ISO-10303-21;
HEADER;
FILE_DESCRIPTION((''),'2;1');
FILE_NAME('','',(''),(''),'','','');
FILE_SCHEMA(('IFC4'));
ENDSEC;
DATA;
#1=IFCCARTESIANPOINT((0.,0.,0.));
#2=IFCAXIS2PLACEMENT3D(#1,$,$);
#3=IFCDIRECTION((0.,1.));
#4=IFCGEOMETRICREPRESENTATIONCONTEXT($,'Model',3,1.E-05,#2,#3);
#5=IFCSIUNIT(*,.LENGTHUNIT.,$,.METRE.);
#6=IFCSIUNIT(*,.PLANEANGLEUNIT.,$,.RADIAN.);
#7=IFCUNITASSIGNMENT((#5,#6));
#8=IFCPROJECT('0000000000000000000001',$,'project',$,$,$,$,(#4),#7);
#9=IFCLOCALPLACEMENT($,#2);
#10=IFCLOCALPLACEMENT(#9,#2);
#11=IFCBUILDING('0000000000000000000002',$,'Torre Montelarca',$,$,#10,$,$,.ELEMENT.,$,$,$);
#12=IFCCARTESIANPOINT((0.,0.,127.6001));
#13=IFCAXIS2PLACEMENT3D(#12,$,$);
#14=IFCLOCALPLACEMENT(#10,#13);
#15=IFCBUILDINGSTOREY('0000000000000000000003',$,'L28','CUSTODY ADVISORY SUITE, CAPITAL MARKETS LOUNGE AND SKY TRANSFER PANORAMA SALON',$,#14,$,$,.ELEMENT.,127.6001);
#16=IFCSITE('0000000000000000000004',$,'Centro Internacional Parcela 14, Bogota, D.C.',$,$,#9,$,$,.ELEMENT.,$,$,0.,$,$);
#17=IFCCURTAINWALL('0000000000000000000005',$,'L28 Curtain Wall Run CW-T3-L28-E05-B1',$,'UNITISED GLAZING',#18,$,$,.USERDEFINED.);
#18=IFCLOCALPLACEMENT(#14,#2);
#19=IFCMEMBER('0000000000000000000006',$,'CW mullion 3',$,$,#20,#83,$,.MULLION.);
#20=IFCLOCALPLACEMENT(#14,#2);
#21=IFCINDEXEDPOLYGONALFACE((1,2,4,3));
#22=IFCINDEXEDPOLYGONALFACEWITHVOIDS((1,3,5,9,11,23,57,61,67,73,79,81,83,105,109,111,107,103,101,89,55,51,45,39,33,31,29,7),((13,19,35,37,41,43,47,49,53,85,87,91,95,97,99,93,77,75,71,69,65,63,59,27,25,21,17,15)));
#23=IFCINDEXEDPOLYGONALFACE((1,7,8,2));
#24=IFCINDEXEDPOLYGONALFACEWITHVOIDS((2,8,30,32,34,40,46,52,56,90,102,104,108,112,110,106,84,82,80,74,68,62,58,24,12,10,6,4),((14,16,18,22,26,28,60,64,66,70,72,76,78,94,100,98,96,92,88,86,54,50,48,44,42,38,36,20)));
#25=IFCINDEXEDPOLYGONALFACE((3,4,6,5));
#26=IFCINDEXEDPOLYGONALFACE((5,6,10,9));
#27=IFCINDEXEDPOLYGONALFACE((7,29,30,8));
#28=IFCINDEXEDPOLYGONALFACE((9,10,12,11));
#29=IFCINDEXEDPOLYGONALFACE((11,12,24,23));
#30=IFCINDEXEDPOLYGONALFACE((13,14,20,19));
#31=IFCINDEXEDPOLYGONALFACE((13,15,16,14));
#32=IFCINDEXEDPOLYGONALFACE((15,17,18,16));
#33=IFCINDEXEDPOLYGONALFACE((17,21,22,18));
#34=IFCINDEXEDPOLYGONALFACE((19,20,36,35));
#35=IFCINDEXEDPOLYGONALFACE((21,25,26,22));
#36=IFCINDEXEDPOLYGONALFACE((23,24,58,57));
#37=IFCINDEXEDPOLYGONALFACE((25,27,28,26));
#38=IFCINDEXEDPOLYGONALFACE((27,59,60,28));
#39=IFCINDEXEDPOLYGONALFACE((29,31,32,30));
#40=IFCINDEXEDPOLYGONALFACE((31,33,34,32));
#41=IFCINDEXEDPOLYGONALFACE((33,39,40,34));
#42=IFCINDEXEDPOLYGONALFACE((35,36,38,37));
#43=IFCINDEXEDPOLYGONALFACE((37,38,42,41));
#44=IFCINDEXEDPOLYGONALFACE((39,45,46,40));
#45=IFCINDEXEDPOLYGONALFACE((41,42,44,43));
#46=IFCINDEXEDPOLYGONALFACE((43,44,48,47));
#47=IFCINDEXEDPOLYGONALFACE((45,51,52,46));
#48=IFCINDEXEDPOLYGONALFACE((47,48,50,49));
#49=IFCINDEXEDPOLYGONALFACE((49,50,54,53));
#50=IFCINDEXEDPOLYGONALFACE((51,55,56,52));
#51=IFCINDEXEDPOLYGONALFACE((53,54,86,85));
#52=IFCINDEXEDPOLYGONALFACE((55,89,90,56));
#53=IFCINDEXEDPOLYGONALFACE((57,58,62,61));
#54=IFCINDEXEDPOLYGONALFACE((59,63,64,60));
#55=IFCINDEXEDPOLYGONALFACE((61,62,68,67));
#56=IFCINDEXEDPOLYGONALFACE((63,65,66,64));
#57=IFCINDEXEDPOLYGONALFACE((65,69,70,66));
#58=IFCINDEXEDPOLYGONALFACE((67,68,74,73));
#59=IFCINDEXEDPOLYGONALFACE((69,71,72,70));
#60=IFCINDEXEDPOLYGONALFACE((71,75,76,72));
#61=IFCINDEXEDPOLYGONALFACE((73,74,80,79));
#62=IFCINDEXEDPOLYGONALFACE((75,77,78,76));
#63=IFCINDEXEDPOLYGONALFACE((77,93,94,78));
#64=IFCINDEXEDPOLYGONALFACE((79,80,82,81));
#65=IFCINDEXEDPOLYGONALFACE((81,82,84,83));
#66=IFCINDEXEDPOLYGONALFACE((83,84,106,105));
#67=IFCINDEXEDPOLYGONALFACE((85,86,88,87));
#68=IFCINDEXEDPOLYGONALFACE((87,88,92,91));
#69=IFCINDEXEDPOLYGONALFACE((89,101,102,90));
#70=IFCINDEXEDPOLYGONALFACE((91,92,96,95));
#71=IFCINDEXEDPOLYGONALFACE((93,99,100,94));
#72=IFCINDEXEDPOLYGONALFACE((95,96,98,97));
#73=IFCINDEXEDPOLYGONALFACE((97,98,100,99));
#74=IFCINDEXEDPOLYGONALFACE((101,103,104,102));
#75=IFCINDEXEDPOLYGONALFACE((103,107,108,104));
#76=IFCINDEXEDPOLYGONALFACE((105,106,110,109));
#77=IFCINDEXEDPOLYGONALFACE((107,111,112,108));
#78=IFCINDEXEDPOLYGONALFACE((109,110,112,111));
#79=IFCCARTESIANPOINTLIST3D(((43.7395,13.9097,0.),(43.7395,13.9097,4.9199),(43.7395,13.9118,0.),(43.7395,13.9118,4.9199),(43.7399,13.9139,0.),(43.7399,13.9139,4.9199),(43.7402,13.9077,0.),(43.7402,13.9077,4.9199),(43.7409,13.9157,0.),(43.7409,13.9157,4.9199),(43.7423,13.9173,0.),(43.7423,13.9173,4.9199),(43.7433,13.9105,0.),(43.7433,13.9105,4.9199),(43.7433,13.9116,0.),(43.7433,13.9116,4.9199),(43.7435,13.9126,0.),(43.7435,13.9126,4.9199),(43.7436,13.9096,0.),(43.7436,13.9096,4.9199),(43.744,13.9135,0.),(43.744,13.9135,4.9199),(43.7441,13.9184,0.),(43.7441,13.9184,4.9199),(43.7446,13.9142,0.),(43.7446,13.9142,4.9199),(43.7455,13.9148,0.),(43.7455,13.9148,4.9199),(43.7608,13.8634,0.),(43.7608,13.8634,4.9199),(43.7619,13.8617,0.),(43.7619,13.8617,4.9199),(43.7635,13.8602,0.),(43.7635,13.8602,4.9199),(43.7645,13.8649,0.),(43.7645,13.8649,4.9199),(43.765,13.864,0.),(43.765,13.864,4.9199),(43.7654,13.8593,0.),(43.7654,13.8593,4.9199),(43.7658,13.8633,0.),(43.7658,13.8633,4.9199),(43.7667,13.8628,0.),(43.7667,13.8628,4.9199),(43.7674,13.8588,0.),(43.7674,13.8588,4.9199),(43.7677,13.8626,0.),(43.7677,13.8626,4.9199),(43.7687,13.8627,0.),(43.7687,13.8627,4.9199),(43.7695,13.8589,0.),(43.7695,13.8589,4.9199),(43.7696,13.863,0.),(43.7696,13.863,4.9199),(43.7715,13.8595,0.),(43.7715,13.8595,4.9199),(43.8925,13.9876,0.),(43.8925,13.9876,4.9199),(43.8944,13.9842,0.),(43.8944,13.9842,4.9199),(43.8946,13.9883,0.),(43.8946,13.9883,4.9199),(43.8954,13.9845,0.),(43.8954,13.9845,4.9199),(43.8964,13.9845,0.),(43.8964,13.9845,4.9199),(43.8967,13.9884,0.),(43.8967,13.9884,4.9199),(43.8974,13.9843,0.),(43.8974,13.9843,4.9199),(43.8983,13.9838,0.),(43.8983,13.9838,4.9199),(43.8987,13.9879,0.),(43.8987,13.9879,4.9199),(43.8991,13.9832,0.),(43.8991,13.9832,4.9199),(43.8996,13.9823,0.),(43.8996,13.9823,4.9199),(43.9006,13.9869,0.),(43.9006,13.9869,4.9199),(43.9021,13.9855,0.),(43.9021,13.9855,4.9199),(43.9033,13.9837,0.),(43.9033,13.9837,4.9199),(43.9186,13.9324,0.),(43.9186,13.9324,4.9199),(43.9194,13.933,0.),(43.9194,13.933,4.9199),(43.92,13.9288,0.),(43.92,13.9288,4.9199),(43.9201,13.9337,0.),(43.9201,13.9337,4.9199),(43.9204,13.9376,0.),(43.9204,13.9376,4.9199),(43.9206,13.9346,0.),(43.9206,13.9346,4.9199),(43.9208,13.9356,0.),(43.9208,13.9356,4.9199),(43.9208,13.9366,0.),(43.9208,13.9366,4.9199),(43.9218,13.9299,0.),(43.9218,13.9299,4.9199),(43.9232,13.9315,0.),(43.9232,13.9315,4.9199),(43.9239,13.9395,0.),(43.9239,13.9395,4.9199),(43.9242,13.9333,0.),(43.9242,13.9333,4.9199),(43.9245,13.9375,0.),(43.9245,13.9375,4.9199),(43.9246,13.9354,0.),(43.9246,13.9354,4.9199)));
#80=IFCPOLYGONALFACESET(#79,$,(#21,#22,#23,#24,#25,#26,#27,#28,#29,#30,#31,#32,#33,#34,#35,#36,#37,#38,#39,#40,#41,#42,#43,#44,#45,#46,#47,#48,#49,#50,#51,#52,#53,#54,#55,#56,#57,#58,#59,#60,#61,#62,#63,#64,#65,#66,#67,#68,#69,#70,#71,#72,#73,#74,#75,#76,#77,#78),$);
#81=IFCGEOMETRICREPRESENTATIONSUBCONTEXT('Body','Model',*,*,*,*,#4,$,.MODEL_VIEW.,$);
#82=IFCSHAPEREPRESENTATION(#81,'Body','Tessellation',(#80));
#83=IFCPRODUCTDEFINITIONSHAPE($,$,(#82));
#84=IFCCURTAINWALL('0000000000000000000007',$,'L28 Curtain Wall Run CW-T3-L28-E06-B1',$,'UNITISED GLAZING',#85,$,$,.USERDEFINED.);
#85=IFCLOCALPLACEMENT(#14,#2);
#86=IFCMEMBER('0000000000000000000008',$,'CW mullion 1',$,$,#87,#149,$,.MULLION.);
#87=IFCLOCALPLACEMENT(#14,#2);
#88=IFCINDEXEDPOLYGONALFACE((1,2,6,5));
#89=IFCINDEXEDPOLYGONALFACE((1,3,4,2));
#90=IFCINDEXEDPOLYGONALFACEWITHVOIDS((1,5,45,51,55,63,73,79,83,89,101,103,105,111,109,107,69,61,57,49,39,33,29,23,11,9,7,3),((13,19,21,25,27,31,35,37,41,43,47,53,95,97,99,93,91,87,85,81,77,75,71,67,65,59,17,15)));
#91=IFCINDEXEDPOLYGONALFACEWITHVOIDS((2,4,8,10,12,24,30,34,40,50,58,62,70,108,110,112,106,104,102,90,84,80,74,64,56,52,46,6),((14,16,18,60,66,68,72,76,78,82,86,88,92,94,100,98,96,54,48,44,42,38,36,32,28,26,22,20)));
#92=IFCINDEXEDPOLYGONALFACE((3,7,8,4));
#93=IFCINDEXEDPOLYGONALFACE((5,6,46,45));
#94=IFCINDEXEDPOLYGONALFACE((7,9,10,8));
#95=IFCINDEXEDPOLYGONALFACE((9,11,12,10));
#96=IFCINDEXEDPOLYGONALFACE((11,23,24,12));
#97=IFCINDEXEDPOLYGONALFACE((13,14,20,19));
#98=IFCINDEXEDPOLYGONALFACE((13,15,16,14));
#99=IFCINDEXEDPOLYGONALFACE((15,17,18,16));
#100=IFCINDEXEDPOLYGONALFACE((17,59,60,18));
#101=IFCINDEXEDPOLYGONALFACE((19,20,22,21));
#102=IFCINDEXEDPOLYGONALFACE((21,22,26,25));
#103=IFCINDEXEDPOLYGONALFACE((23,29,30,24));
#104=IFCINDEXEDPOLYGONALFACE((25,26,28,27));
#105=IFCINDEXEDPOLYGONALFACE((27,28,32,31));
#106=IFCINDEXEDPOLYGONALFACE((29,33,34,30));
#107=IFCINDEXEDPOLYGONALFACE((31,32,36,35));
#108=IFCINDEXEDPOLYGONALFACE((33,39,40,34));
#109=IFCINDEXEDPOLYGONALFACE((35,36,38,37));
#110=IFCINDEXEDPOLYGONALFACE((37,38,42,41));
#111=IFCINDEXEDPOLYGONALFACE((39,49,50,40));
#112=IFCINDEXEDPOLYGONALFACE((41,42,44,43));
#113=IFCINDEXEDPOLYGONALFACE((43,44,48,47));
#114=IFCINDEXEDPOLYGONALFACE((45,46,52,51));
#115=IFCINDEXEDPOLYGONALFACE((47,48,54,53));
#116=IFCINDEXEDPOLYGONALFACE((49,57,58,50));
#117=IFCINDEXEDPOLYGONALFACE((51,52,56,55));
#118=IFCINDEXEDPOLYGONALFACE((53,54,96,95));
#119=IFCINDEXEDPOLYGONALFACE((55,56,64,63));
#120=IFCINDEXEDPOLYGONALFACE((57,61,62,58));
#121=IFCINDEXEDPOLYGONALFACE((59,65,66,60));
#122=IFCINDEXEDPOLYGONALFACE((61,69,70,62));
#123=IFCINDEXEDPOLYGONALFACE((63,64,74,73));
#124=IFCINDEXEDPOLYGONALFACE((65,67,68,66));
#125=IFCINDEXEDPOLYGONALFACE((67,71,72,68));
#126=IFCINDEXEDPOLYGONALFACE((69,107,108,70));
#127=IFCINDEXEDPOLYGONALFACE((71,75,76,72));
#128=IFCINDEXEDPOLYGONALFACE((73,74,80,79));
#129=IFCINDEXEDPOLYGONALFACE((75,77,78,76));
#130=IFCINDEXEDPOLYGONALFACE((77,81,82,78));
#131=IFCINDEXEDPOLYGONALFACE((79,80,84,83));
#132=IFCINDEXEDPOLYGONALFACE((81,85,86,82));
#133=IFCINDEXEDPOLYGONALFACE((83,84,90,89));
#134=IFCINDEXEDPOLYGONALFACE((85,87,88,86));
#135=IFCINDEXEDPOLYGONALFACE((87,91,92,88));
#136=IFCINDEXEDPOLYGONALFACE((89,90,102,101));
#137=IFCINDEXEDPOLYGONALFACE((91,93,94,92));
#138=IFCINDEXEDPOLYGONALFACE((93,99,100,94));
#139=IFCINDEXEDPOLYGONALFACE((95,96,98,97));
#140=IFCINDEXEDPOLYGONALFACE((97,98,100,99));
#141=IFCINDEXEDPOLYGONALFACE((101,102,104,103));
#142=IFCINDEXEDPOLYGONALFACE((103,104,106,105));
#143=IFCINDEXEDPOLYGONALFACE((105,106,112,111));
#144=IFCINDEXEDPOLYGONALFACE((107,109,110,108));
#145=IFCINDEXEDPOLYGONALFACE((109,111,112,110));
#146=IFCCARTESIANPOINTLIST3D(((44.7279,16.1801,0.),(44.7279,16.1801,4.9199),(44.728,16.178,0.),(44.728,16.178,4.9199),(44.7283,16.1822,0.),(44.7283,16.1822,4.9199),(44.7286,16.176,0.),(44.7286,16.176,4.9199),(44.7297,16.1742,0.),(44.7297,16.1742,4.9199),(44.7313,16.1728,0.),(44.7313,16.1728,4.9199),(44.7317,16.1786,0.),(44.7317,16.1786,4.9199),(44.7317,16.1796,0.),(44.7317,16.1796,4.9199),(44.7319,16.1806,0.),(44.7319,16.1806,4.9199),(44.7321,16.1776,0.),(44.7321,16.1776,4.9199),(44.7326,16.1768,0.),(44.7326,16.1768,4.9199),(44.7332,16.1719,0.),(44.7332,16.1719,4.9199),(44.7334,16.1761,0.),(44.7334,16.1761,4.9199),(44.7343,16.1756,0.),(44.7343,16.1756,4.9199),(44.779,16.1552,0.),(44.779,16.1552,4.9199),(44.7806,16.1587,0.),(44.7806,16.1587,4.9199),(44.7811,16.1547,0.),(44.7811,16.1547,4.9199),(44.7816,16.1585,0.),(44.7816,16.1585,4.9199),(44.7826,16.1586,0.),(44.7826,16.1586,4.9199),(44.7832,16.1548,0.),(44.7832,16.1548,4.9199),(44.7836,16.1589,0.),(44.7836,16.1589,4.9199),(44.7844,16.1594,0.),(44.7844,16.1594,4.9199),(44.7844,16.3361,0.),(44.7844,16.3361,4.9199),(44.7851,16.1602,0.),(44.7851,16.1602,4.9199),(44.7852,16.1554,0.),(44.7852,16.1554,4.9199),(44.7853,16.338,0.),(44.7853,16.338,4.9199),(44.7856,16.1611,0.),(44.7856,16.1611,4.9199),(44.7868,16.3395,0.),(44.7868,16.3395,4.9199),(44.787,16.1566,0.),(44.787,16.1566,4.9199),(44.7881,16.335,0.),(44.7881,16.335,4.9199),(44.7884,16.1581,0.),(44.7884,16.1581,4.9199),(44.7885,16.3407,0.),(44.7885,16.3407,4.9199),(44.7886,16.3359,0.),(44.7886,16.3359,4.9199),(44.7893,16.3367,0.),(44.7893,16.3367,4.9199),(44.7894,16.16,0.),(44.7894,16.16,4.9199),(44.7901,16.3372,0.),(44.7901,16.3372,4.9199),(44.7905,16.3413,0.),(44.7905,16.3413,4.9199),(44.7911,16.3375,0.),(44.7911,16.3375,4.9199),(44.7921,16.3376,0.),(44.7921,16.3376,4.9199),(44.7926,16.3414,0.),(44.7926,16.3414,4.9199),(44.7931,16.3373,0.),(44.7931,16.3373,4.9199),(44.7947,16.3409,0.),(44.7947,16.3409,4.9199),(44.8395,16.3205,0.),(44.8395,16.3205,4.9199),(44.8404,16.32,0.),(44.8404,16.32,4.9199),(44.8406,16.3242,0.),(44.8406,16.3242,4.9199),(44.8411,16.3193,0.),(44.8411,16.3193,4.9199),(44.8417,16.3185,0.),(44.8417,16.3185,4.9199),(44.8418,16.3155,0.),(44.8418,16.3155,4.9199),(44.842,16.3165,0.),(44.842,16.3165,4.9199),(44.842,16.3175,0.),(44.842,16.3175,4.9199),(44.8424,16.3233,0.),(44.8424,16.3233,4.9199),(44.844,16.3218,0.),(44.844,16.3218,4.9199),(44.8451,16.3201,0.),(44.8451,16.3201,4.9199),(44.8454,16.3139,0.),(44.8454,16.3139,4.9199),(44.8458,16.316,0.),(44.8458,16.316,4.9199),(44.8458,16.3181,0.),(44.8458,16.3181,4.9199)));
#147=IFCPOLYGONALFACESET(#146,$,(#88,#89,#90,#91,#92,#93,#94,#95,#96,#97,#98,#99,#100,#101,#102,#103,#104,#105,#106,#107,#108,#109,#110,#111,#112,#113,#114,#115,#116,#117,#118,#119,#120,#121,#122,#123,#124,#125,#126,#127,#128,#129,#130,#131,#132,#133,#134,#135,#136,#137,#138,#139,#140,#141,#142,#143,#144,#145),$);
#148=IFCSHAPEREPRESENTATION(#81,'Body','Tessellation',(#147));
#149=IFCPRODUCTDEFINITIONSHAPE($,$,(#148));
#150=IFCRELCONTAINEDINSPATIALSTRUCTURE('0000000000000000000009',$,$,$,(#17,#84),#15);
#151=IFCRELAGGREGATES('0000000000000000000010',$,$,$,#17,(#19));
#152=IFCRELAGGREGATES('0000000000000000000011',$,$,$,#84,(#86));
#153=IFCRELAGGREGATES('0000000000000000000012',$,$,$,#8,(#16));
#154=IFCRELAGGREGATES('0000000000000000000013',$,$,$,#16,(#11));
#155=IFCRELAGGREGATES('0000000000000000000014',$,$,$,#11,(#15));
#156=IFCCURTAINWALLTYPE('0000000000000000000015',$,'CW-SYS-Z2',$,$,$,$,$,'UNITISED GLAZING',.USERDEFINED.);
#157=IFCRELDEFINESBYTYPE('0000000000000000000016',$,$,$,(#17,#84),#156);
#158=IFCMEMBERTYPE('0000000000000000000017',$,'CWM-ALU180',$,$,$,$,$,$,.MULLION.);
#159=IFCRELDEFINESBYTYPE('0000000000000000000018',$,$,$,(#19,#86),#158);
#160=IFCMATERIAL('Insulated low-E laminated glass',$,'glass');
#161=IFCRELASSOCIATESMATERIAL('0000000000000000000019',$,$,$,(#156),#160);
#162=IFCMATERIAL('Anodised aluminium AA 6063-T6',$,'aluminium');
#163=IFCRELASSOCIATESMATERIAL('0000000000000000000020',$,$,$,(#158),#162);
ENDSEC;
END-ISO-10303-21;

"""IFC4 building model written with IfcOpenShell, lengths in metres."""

from ifc_helpers import new_model, si_unit, direction, frame, origin, origin_2d, place, context, subcontext, project, spatial, hollow_rectangle, extrude, source, transform, mapped, material, material_profile, profile_set, type_object, element, aggregate, save


model = new_model("IFC4")

# Units and contexts
model_context = context("Model", 3, precision=1e-05, world=origin(), true_north=direction((0.0, 1.0)))
body_context = subcontext(model_context, "Body", "Model", "MODEL_VIEW")
ifc_project = project(units=[si_unit("LENGTHUNIT", "METRE"), si_unit("PLANEANGLEUNIT", "RADIAN")], contexts=[model_context])

# Site, building, storey
site_placement = place(None, origin())
site = spatial("IfcSite", under=ifc_project, at=site_placement, Name="Centro Internacional Parcela 14, Bogota, D.C.", CompositionType="ELEMENT", RefElevation=0.0)
building_placement = place(site_placement, origin())
building = spatial("IfcBuilding", under=site, at=building_placement, Name="Torre Montelarca", CompositionType="ELEMENT")
storey_placement = place(building_placement, frame((0.0, 0.0, 127.6001)))
storey = spatial("IfcBuildingStorey", under=building, at=storey_placement, Name="L28", Description="CUSTODY ADVISORY SUITE, CAPITAL MARKETS LOUNGE AND SKY TRANSFER PANORAMA SALON", CompositionType="ELEMENT", Elevation=127.6001)

# Curtain wall
ifc_material_1 = material(Name="Insulated low-E laminated glass", Category="glass")
curtain_wall_type = type_object("IfcCurtainWallType", Name="CW-SYS-Z2", ElementType="UNITISED GLAZING", PredefinedType="USERDEFINED", material=ifc_material_1)
curtain_wall_1_placement = place(storey_placement, origin())
curtain_wall_1 = element("IfcCurtainWall", 1, at=curtain_wall_1_placement, inside=storey, type_object=curtain_wall_type, Name="L28 Curtain Wall Run CW-T3-L28-E05-B1", ObjectType="UNITISED GLAZING", PredefinedType="USERDEFINED")
ifc_material_2 = material(Name="Anodised aluminium AA 6063-T6", Category="aluminium")

# Shared definitions
ifc_material_profile_1 = material_profile(ifc_material_2, hollow_rectangle(XDim=0.0649, YDim=0.1799, WallThickness=0.0039, InnerFilletRadius=0.0039, OuterFilletRadius=0.0081, at=origin_2d()), Name="ALU65X180X4", Category="aluminium")
ifc_profile_set_1 = profile_set([ifc_material_profile_1], Name="Anodised aluminium AA 6063-T6")
member_type_1 = type_object("IfcMemberType", Name="CWM-ALU180", PredefinedType="MULLION", material=ifc_profile_set_1)
shared_shape_1 = source(origin(), body_context, "Body", "SweptSolid", [
    extrude(hollow_rectangle(XDim=0.0649, YDim=0.1799, WallThickness=0.0039, InnerFilletRadius=0.0039, OuterFilletRadius=0.0081, at=origin_2d()), origin(), (0.0, 0.0, 1.0), 4.9199),
])

# Member
member_1_placement = place(storey_placement, frame((43.832, 13.9236, 0.0), z_axis=(0.0, 0.0, 1.0), x_axis=(-0.422598, 0.906317, 0.0)))
member_1 = element("IfcMember", 2, at=member_1_placement, type_object=member_type_1, Name="CW mullion 3", PredefinedType="MULLION", context=body_context, shape_type="MappedRepresentation", body=[
    mapped(shared_shape_1, transform((0.0, 0.0, 0.0), scale=1.0)),
])

# Curtain wall, member
curtain_wall_2_placement = place(storey_placement, origin())
curtain_wall_2 = element("IfcCurtainWall", 3, at=curtain_wall_2_placement, inside=storey, type_object=curtain_wall_type, Name="L28 Curtain Wall Run CW-T3-L28-E06-B1", ObjectType="UNITISED GLAZING", PredefinedType="USERDEFINED")
member_2_placement = place(storey_placement, frame((44.7869, 16.248, 0.0), z_axis=(0.0, 0.0, 1.0), x_axis=(-0.939691, 0.342023, 0.0)))
member_2 = element("IfcMember", 4, at=member_2_placement, type_object=member_type_1, Name="CW mullion 1", PredefinedType="MULLION", context=body_context, shape_type="MappedRepresentation", body=[
    mapped(shared_shape_1, transform((0.0, 0.0, 0.0), scale=1.0)),
])

aggregate(curtain_wall_1, [member_1])
aggregate(curtain_wall_2, [member_2])

save(model, "model.ifc")
